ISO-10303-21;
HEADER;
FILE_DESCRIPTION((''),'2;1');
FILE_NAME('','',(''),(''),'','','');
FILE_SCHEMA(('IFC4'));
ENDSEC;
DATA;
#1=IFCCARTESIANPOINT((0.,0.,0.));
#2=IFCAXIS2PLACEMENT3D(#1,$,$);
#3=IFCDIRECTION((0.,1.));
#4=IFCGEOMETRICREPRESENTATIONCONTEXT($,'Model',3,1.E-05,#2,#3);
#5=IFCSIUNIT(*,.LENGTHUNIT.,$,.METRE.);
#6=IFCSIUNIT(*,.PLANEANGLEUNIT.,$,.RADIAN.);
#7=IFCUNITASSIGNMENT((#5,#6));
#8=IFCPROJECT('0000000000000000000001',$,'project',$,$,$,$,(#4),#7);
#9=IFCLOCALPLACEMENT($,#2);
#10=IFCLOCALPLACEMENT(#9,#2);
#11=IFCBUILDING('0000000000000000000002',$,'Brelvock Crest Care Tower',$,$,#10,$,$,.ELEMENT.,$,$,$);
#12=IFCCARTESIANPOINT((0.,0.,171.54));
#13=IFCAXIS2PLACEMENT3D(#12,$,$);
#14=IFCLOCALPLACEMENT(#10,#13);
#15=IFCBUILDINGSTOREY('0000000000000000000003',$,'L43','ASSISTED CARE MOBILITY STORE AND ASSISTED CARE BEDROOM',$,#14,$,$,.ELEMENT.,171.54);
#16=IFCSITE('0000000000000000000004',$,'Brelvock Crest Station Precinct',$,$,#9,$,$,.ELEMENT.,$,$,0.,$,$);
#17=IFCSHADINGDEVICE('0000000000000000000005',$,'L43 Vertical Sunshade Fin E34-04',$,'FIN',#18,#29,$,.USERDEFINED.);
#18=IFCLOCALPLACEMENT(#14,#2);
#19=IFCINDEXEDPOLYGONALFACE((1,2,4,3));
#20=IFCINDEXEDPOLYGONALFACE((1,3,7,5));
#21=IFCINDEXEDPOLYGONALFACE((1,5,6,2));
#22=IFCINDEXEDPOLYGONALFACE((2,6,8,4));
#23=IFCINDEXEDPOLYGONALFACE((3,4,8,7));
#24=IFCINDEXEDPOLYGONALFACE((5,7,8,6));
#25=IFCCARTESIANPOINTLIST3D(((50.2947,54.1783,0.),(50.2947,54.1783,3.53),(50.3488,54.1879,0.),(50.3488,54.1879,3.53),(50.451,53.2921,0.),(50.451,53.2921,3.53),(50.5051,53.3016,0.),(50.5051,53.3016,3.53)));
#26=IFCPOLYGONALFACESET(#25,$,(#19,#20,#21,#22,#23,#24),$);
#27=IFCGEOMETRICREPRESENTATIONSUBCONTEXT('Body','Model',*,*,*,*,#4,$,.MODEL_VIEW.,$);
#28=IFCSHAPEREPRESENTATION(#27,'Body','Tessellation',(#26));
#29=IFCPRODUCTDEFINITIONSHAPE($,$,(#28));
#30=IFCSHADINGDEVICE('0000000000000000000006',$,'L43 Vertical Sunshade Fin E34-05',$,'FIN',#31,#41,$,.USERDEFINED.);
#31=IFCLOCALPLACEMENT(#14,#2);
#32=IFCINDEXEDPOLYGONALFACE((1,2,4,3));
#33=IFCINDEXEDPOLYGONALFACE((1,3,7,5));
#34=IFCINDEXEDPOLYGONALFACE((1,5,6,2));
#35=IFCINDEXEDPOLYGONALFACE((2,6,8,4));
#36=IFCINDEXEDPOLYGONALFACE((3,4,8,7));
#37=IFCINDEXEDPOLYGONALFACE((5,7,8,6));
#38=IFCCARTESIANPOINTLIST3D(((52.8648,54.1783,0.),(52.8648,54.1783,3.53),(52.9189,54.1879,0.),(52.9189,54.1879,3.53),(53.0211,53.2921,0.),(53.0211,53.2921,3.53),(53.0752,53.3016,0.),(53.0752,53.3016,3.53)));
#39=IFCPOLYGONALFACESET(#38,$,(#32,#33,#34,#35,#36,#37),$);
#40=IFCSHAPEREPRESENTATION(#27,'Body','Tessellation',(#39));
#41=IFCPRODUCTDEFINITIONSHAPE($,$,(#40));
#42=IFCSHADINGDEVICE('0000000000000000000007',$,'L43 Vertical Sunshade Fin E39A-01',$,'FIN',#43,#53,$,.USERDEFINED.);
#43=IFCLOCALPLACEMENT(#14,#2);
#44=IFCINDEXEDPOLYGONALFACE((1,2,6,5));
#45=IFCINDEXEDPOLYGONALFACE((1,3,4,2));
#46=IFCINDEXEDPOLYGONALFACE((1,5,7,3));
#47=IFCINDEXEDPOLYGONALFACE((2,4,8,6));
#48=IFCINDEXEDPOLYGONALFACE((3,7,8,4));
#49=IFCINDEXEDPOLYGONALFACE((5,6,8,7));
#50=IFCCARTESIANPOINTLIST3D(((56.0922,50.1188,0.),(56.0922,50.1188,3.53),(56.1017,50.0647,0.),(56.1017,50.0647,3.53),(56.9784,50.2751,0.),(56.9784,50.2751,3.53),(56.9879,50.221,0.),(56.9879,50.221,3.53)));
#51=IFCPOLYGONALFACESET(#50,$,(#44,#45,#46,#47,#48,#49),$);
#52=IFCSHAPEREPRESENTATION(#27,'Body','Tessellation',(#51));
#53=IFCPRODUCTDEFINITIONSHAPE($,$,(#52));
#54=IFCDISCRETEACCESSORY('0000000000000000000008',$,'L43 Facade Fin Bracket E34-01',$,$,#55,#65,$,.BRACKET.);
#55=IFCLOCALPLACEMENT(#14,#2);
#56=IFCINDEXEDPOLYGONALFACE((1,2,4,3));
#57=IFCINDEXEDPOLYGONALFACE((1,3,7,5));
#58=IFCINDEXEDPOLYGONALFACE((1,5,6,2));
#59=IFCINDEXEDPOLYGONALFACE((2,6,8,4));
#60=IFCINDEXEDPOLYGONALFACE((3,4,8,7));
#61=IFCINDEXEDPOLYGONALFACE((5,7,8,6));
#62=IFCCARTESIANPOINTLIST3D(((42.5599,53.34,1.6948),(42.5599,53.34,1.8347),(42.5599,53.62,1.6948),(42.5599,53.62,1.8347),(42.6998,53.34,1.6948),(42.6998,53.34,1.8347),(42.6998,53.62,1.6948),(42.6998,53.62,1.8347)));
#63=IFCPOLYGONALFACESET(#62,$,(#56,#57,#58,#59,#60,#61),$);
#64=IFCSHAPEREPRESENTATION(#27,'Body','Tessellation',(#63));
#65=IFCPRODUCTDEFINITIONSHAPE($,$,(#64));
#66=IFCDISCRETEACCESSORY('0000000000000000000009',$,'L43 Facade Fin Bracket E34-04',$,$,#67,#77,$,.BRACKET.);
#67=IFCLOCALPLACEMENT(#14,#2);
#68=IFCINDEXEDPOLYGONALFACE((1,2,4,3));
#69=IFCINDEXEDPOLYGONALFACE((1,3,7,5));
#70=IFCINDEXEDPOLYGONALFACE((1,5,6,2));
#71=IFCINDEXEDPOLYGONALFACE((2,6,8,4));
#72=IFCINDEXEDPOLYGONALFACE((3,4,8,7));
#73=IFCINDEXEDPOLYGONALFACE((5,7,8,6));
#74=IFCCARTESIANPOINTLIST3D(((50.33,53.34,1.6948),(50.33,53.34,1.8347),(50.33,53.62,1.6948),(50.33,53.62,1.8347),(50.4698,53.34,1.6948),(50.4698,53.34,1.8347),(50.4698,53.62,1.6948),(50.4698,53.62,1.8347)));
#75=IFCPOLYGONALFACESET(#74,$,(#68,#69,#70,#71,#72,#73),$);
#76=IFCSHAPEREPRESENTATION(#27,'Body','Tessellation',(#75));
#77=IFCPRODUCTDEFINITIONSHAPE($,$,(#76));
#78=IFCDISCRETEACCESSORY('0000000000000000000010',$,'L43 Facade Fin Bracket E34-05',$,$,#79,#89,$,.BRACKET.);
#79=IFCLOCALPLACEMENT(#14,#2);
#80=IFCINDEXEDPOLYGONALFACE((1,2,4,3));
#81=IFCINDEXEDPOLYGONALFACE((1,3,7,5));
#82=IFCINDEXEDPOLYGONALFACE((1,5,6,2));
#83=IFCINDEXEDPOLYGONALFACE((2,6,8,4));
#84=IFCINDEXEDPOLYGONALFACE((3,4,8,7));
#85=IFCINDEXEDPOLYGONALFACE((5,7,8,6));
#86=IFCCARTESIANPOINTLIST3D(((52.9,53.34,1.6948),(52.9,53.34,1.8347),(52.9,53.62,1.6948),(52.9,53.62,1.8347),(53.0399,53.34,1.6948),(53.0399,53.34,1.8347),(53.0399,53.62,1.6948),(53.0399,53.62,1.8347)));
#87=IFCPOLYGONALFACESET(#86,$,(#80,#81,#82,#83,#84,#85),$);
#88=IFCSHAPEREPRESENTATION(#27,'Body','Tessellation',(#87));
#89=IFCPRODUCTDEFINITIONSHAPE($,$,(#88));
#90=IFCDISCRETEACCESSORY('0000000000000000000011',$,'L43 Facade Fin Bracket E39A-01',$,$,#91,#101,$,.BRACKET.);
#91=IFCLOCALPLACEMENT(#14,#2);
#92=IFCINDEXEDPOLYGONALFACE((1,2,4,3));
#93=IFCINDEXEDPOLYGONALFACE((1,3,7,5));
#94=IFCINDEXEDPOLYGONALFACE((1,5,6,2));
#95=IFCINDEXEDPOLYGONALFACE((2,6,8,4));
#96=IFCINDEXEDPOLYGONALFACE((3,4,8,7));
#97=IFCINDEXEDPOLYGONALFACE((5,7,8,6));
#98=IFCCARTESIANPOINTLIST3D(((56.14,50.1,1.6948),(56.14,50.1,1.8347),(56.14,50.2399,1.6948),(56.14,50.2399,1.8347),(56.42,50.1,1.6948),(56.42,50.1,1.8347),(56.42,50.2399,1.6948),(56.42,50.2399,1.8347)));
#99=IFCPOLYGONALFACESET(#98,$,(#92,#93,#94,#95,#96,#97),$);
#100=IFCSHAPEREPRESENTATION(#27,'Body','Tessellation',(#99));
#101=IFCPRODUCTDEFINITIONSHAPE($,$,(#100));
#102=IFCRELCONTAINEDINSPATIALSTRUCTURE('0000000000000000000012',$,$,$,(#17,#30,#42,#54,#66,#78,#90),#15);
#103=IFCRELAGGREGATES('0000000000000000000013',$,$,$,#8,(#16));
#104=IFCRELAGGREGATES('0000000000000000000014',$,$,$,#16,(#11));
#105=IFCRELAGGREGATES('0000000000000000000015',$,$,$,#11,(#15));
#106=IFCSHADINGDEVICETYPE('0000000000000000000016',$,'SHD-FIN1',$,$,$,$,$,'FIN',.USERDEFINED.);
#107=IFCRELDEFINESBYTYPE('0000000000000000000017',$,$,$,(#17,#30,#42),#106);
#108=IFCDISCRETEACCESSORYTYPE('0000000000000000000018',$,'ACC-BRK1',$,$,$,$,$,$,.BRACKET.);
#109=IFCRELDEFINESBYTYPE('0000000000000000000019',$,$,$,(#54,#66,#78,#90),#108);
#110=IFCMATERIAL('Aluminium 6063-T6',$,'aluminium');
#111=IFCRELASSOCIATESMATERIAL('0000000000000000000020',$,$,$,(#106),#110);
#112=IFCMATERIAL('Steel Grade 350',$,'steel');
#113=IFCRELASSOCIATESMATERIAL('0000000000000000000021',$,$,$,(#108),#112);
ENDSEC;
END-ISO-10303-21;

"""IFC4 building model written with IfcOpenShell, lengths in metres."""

from ifc_helpers import new_model, si_unit, direction, frame, origin, origin_2d, place, context, subcontext, project, spatial, rectangle, extrude, source, transform, mapped, material, material_profile, profile_set, type_object, element, save


model = new_model("IFC4")

# Units and contexts
model_context = context("Model", 3, precision=1e-05, world=origin(), true_north=direction((0.0, 1.0)))
body_context = subcontext(model_context, "Body", "Model", "MODEL_VIEW")
ifc_project = project(units=[si_unit("LENGTHUNIT", "METRE"), si_unit("PLANEANGLEUNIT", "RADIAN")], contexts=[model_context])

# Site, building, storey
site_placement = place(None, origin())
site = spatial("IfcSite", under=ifc_project, at=site_placement, Name="Brelvock Crest Station Precinct", CompositionType="ELEMENT", RefElevation=0.0)
building_placement = place(site_placement, origin())
building = spatial("IfcBuilding", under=site, at=building_placement, Name="Brelvock Crest Care Tower", CompositionType="ELEMENT")
storey_placement = place(building_placement, frame((0.0, 0.0, 171.54)))
storey = spatial("IfcBuildingStorey", under=building, at=storey_placement, Name="L43", Description="ASSISTED CARE MOBILITY STORE AND ASSISTED CARE BEDROOM", CompositionType="ELEMENT", Elevation=171.54)

# Shared definitions
ifc_material_1 = material(Name="Aluminium 6063-T6", Category="aluminium")

# Shading devices
ifc_material_profile_1 = material_profile(ifc_material_1, rectangle(XDim=0.0549, YDim=0.8999, at=origin_2d()), Name="FIN55x900")
ifc_profile_set_1 = profile_set([ifc_material_profile_1], Name="Aluminium 6063-T6")
shading_device_type = type_object("IfcShadingDeviceType", Name="SHD-FIN1", ElementType="FIN", PredefinedType="USERDEFINED", material=ifc_profile_set_1)
shared_shape_1 = source(origin(), body_context, "Body", "SweptSolid", [
    extrude(rectangle(XDim=0.0549, YDim=0.8999, at=origin_2d()), origin(), (0.0, 0.0, 1.0), 3.53),
])
for number, where, z_axis, x_axis, name in (
    (1, (50.3999, 53.74, 0.0), (0.0, 0.0, 1.0), (0.984808, 0.173648, 0.0), "L43 Vertical Sunshade Fin E34-04"),
    (2, (52.97, 53.74, 0.0), (0.0, 0.0, 1.0), (0.984808, 0.173648, 0.0), "L43 Vertical Sunshade Fin E34-05"),
    (3, (56.54, 50.1699, 0.0), (0.0, 0.0, 1.0), (0.173648, -0.984808, 0.0), "L43 Vertical Sunshade Fin E39A-01"),
):
    element("IfcShadingDevice", number, at=place(storey_placement, frame(where, z_axis=z_axis, x_axis=x_axis)), inside=storey, type_object=shading_device_type, Name=name, ObjectType="FIN", PredefinedType="USERDEFINED", context=body_context, shape_type="MappedRepresentation", body=[
        mapped(shared_shape_1, transform((0.0, 0.0, 0.0), x_axis=(1.0, 0.0, 0.0), y_axis=(0.0, 1.0, 0.0), z_axis=(0.0, 0.0, 1.0), scale=1.0)),
    ])

# Discrete accessories
ifc_material_2 = material(Name="Steel Grade 350", Category="steel")
discrete_accessory_type = type_object("IfcDiscreteAccessoryType", Name="ACC-BRK1", PredefinedType="BRACKET", material=ifc_material_2)
shared_shape_2 = source(origin(), body_context, "Body", "SweptSolid", [
    extrude(rectangle(XDim=0.28, YDim=0.1399, at=origin_2d()), origin(), (0.0, 0.0, 1.0), 0.1399),
])
for number, where, z_axis, x_axis, name in (
    (4, (42.6299, 53.48, 1.6948), (0.0, 0.0, 1.0), (0.0, 1.0, 0.0), "L43 Facade Fin Bracket E34-01"),
    (5, (50.3999, 53.48, 1.6948), (0.0, 0.0, 1.0), (0.0, 1.0, 0.0), "L43 Facade Fin Bracket E34-04"),
    (6, (52.97, 53.48, 1.6948), (0.0, 0.0, 1.0), (0.0, 1.0, 0.0), "L43 Facade Fin Bracket E34-05"),
    (7, (56.28, 50.1699, 1.6948), (0.0, 0.0, 1.0), (1.0, 0.0, 0.0), "L43 Facade Fin Bracket E39A-01"),
):
    element("IfcDiscreteAccessory", number, at=place(storey_placement, frame(where, z_axis=z_axis, x_axis=x_axis)), inside=storey, type_object=discrete_accessory_type, Name=name, PredefinedType="BRACKET", context=body_context, shape_type="MappedRepresentation", body=[
        mapped(shared_shape_2, transform((0.0, 0.0, 0.0), x_axis=(1.0, 0.0, 0.0), y_axis=(0.0, 1.0, 0.0), z_axis=(0.0, 0.0, 1.0), scale=1.0)),
    ])

save(model, "model.ifc")
